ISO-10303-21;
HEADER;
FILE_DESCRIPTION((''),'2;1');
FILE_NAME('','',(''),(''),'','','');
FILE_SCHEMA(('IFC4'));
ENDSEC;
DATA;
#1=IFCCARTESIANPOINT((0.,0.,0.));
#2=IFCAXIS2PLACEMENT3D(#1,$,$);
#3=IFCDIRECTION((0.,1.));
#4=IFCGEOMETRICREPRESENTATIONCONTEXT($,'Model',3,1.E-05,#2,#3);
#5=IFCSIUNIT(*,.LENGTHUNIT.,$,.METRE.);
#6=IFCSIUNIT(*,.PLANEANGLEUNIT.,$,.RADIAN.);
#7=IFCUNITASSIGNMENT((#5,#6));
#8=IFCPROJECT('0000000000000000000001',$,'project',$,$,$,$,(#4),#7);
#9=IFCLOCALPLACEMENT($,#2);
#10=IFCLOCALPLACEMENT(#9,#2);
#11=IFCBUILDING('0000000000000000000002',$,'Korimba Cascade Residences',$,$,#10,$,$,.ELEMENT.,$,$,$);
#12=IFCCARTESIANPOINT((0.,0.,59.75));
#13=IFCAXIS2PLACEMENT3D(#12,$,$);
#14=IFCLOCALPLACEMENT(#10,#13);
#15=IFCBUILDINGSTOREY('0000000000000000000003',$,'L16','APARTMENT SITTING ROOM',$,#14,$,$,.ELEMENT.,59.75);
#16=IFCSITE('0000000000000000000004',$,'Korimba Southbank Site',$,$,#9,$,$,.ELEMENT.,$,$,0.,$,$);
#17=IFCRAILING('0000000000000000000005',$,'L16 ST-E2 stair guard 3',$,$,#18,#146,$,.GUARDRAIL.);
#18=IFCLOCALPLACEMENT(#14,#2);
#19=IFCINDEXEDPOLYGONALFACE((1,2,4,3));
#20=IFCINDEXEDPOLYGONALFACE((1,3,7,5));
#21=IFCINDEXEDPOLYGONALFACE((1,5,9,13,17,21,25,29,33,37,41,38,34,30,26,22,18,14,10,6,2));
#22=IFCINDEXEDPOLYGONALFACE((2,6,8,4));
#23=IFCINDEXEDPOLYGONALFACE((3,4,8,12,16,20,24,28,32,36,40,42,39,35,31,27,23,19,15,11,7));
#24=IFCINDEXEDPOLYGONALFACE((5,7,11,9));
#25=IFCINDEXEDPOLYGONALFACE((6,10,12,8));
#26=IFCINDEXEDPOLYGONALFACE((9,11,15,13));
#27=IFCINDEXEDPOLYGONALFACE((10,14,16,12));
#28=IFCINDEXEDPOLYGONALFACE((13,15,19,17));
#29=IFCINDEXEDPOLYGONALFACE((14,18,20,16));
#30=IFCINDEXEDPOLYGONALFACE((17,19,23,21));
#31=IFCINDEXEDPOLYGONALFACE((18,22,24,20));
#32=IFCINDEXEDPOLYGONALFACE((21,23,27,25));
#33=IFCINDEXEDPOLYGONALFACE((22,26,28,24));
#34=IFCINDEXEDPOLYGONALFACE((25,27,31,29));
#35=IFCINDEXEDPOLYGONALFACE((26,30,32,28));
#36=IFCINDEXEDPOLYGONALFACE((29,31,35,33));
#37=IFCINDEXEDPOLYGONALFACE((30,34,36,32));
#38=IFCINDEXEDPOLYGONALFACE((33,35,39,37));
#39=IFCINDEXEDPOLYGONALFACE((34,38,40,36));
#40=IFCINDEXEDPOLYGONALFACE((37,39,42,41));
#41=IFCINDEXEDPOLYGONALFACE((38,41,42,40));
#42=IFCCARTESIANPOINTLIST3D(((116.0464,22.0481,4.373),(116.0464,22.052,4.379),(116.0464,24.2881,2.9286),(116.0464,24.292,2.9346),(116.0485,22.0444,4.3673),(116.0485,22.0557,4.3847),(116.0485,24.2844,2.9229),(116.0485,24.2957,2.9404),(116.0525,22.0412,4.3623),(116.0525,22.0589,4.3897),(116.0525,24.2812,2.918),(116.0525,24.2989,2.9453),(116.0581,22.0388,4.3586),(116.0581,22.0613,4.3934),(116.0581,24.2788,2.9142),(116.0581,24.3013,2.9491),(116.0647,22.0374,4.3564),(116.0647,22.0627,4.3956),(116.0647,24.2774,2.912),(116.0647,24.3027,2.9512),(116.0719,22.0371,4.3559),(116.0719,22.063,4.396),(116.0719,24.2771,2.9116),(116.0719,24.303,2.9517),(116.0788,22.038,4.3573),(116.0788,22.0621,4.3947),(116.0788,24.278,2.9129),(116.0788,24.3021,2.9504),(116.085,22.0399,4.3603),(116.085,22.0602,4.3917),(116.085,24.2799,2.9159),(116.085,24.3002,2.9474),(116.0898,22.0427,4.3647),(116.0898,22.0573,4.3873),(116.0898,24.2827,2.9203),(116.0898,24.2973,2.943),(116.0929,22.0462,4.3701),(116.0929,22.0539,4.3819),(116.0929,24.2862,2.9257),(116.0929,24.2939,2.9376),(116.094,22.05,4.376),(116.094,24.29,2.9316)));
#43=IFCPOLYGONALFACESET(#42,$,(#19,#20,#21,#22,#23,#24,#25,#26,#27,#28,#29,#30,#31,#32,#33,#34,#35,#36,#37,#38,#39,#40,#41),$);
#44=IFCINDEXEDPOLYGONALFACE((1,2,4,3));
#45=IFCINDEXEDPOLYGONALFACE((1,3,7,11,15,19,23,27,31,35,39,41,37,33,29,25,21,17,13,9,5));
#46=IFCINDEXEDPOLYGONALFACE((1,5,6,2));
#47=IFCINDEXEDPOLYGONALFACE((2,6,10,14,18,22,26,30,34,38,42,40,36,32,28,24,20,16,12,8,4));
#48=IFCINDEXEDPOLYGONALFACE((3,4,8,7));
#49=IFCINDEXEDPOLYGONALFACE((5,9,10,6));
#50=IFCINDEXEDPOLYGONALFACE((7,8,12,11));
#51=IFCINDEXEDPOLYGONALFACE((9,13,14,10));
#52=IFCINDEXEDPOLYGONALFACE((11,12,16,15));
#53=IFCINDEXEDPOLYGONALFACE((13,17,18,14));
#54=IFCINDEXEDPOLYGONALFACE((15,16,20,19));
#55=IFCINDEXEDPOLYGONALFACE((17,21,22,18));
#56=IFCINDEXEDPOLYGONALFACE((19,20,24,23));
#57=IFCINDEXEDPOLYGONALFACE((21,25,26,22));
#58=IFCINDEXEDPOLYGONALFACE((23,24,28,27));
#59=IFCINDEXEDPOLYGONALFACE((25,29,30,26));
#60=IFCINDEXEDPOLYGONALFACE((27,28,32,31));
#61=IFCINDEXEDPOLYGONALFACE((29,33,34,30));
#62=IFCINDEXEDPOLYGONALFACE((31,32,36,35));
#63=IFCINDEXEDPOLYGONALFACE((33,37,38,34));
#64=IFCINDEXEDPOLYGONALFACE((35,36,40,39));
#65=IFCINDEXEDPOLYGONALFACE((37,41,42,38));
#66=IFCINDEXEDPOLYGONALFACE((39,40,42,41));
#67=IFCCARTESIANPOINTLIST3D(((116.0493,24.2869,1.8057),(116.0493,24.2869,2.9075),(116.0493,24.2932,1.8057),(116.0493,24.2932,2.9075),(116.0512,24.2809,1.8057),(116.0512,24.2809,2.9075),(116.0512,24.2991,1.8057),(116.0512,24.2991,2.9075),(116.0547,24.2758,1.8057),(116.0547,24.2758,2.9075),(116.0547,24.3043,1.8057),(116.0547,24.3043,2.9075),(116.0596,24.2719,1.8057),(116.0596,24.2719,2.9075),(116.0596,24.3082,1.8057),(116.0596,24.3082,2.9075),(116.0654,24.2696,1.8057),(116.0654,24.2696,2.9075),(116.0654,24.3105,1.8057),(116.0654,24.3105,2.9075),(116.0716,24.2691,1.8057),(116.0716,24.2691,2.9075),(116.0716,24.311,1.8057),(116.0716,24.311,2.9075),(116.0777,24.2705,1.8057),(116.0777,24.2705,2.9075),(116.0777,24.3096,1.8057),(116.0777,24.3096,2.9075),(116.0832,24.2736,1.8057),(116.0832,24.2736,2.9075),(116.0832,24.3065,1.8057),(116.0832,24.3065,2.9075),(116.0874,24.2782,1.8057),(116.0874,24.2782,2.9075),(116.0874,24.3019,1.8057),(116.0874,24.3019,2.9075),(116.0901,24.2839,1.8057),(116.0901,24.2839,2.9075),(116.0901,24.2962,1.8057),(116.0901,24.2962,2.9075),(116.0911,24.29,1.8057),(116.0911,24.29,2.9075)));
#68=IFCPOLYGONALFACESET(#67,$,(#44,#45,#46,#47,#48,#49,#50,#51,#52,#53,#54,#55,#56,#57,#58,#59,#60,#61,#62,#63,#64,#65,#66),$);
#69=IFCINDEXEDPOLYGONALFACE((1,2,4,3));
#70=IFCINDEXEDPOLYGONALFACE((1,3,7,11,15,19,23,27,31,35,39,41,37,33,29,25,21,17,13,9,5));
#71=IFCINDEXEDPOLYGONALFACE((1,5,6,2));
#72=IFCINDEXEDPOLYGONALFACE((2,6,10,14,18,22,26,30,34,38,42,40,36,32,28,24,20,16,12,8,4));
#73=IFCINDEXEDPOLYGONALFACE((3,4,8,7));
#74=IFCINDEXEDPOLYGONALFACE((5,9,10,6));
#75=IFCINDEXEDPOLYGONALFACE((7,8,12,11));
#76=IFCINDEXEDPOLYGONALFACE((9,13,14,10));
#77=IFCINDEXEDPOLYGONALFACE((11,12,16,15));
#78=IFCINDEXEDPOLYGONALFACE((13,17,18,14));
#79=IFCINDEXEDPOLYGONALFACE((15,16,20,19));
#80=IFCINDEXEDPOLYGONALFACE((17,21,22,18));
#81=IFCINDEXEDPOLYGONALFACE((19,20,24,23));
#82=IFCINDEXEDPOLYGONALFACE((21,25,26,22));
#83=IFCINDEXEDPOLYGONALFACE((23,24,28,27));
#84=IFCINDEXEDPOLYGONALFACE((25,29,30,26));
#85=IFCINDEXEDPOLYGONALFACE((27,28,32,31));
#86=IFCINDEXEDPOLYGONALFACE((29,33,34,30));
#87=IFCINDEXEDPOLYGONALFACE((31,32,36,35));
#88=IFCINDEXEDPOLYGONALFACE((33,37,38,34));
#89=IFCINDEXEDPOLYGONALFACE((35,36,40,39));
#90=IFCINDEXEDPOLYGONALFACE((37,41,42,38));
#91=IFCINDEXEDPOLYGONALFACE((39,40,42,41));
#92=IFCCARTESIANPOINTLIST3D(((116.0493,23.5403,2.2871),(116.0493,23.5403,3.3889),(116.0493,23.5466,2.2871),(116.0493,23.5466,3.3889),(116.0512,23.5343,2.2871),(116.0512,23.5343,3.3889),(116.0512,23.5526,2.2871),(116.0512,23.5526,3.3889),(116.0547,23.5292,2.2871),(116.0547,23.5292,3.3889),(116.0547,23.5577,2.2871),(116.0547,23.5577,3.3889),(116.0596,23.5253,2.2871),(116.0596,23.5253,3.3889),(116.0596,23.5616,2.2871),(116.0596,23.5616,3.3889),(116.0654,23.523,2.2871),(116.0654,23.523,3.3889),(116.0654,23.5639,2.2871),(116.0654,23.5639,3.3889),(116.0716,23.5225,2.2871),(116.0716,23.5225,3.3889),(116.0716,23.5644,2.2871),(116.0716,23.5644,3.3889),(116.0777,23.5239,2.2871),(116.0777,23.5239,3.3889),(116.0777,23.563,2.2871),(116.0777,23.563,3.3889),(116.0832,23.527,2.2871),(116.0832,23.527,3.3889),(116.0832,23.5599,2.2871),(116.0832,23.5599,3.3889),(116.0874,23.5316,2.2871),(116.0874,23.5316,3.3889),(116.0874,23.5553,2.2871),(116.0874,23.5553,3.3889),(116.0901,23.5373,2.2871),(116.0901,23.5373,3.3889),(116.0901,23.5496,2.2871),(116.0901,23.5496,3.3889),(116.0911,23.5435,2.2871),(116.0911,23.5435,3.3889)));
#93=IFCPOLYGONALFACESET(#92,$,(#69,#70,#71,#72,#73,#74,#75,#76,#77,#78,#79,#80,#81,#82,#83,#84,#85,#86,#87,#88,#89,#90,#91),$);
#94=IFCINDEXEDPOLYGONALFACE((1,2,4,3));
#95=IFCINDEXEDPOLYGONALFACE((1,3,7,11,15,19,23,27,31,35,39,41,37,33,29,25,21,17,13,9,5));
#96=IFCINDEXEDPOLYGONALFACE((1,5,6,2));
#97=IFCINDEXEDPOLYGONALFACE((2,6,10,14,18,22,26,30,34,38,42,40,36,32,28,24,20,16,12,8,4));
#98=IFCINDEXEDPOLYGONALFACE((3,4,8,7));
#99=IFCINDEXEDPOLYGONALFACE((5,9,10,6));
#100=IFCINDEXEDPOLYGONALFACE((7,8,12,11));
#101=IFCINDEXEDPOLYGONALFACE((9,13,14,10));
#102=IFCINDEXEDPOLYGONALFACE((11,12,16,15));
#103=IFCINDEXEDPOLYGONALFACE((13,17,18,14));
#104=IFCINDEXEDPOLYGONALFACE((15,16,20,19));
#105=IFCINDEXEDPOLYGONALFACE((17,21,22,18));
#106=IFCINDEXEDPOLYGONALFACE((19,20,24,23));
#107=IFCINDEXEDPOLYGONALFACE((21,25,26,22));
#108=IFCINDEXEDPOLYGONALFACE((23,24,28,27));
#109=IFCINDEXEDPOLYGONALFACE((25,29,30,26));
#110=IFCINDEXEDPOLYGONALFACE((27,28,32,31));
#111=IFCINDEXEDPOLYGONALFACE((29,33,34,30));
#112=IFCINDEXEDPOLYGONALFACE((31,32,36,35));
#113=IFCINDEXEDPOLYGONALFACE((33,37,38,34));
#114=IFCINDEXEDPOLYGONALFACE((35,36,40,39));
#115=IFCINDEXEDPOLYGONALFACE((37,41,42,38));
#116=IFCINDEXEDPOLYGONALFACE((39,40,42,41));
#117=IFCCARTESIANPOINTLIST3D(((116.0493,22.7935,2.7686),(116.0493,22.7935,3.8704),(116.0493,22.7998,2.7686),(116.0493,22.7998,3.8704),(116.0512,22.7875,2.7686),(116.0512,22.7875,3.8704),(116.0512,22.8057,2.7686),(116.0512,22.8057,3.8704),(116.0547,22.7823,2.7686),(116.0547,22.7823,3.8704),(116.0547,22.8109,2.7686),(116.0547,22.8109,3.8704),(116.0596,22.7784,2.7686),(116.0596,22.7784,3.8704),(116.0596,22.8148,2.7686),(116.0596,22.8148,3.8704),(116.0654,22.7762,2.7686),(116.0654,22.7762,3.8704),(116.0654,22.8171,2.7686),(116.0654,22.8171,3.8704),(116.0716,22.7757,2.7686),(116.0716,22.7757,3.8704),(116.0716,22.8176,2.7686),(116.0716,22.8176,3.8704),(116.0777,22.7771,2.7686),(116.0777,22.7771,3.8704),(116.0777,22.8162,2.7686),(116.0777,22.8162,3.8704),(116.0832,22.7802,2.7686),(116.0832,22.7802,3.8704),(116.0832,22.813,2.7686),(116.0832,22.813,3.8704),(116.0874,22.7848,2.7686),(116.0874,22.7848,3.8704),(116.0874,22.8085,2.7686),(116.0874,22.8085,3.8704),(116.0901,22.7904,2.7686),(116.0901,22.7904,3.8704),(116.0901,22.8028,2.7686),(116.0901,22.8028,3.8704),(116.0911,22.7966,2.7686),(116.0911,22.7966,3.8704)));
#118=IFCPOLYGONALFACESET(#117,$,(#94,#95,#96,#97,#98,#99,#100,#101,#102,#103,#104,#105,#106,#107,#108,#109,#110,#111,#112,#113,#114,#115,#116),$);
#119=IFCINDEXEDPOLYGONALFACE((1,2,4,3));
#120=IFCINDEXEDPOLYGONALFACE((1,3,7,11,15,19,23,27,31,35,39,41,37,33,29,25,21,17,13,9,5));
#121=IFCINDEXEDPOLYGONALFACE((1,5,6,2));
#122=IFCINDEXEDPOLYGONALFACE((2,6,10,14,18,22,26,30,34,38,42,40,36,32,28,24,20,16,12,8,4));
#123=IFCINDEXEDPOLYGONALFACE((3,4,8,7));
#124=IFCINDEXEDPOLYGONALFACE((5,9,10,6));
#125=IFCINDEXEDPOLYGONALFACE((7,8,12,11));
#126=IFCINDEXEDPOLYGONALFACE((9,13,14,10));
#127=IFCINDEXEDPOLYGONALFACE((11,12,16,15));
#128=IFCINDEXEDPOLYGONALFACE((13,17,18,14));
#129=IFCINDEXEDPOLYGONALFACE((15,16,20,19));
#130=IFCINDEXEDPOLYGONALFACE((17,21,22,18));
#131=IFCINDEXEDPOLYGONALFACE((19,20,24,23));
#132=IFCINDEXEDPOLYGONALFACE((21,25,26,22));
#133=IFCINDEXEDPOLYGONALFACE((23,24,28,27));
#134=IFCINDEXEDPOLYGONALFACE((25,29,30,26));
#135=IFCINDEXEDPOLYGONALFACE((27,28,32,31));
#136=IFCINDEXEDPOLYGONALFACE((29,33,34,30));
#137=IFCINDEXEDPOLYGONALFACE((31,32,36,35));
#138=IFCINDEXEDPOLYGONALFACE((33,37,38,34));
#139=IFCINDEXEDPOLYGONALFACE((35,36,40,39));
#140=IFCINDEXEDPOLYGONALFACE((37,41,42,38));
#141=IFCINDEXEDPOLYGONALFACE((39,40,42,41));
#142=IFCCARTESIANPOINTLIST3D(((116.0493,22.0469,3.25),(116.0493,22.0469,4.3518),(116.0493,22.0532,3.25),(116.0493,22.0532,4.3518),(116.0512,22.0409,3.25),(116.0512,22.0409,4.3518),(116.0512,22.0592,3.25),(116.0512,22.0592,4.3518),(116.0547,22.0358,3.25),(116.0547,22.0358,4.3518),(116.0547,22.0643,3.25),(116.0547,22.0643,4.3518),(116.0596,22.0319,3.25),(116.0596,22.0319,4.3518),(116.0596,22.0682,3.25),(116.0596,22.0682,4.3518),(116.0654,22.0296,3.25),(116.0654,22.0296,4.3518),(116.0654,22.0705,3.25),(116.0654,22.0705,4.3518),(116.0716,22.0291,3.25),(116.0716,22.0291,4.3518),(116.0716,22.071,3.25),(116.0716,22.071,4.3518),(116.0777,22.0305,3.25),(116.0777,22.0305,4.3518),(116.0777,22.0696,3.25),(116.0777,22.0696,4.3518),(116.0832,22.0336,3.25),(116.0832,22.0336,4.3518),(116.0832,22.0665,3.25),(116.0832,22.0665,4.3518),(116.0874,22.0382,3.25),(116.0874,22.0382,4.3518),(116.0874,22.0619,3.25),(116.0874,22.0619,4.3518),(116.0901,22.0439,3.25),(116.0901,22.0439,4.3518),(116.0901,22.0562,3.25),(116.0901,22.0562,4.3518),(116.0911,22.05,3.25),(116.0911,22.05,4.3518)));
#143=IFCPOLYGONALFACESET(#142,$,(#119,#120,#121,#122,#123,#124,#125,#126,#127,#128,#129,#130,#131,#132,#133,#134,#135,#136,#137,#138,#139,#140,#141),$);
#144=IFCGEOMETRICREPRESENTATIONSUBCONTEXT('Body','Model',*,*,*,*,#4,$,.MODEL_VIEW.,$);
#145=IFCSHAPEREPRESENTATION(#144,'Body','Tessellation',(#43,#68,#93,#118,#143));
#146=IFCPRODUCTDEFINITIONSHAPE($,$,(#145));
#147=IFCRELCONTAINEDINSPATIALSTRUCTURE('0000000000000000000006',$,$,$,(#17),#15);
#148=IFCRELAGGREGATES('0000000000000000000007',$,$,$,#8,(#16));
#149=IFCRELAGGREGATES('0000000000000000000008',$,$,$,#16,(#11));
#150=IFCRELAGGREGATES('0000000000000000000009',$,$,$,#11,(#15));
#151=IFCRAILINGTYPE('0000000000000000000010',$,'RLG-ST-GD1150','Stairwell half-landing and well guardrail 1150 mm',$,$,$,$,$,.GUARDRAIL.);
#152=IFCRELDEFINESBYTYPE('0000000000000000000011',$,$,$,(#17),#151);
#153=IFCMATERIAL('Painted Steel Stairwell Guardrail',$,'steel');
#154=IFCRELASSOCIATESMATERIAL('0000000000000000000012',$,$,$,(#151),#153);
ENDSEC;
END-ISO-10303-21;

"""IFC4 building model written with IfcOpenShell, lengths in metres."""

from ifc_helpers import new_model, si_unit, direction, frame, origin, origin_2d, place, context, subcontext, project, spatial, circle, extrude, material, type_object, element, save


model = new_model("IFC4")

# Units and contexts
model_context = context("Model", 3, precision=1e-05, world=origin(), true_north=direction((0.0, 1.0)))
body_context = subcontext(model_context, "Body", "Model", "MODEL_VIEW")
ifc_project = project(units=[si_unit("LENGTHUNIT", "METRE"), si_unit("PLANEANGLEUNIT", "RADIAN")], contexts=[model_context])

# Site, building, storey
site_placement = place(None, origin())
site = spatial("IfcSite", under=ifc_project, at=site_placement, Name="Korimba Southbank Site", CompositionType="ELEMENT", RefElevation=0.0)
building_placement = place(site_placement, origin())
building = spatial("IfcBuilding", under=site, at=building_placement, Name="Korimba Cascade Residences", CompositionType="ELEMENT")
storey_placement = place(building_placement, frame((0.0, 0.0, 59.75)))
storey = spatial("IfcBuildingStorey", under=building, at=storey_placement, Name="L16", Description="APARTMENT SITTING ROOM", CompositionType="ELEMENT", Elevation=59.75)

# Railing
ifc_material_1 = material(Name="Painted Steel Stairwell Guardrail", Category="steel")
railing_type_1 = type_object("IfcRailingType", Name="RLG-ST-GD1150", Description="Stairwell half-landing and well guardrail 1150 mm", PredefinedType="GUARDRAIL", material=ifc_material_1)
railing_1_placement = place(storey_placement, frame((116.0701, 24.29, 1.8057)))
element("IfcRailing", 1, at=railing_1_placement, inside=storey, type_object=railing_type_1, Name="L16 ST-E2 stair guard 3", PredefinedType="GUARDRAIL", context=body_context, shape_type="SweptSolid", body=[
    extrude(circle(Radius=0.0239, at=origin_2d()), frame((0.0, 0.0, 1.126), z_axis=(0.0, -0.840437, 0.54191), x_axis=(1.0, 0.0, 0.0)), (0.0, 0.0, 1.0), 2.6653),
    extrude(circle(Radius=0.021, at=origin_2d()), origin(), (0.0, 0.0, 1.0), 1.1018),
    extrude(circle(Radius=0.021, at=origin_2d()), frame((0.0, -0.7466, 0.4814)), (0.0, 0.0, 1.0), 1.1018),
    extrude(circle(Radius=0.021, at=origin_2d()), frame((0.0, -1.4934, 0.9629)), (0.0, 0.0, 1.0), 1.1018),
    extrude(circle(Radius=0.021, at=origin_2d()), frame((0.0, -2.24, 1.4443)), (0.0, 0.0, 1.0), 1.1018),
])

save(model, "model.ifc")
